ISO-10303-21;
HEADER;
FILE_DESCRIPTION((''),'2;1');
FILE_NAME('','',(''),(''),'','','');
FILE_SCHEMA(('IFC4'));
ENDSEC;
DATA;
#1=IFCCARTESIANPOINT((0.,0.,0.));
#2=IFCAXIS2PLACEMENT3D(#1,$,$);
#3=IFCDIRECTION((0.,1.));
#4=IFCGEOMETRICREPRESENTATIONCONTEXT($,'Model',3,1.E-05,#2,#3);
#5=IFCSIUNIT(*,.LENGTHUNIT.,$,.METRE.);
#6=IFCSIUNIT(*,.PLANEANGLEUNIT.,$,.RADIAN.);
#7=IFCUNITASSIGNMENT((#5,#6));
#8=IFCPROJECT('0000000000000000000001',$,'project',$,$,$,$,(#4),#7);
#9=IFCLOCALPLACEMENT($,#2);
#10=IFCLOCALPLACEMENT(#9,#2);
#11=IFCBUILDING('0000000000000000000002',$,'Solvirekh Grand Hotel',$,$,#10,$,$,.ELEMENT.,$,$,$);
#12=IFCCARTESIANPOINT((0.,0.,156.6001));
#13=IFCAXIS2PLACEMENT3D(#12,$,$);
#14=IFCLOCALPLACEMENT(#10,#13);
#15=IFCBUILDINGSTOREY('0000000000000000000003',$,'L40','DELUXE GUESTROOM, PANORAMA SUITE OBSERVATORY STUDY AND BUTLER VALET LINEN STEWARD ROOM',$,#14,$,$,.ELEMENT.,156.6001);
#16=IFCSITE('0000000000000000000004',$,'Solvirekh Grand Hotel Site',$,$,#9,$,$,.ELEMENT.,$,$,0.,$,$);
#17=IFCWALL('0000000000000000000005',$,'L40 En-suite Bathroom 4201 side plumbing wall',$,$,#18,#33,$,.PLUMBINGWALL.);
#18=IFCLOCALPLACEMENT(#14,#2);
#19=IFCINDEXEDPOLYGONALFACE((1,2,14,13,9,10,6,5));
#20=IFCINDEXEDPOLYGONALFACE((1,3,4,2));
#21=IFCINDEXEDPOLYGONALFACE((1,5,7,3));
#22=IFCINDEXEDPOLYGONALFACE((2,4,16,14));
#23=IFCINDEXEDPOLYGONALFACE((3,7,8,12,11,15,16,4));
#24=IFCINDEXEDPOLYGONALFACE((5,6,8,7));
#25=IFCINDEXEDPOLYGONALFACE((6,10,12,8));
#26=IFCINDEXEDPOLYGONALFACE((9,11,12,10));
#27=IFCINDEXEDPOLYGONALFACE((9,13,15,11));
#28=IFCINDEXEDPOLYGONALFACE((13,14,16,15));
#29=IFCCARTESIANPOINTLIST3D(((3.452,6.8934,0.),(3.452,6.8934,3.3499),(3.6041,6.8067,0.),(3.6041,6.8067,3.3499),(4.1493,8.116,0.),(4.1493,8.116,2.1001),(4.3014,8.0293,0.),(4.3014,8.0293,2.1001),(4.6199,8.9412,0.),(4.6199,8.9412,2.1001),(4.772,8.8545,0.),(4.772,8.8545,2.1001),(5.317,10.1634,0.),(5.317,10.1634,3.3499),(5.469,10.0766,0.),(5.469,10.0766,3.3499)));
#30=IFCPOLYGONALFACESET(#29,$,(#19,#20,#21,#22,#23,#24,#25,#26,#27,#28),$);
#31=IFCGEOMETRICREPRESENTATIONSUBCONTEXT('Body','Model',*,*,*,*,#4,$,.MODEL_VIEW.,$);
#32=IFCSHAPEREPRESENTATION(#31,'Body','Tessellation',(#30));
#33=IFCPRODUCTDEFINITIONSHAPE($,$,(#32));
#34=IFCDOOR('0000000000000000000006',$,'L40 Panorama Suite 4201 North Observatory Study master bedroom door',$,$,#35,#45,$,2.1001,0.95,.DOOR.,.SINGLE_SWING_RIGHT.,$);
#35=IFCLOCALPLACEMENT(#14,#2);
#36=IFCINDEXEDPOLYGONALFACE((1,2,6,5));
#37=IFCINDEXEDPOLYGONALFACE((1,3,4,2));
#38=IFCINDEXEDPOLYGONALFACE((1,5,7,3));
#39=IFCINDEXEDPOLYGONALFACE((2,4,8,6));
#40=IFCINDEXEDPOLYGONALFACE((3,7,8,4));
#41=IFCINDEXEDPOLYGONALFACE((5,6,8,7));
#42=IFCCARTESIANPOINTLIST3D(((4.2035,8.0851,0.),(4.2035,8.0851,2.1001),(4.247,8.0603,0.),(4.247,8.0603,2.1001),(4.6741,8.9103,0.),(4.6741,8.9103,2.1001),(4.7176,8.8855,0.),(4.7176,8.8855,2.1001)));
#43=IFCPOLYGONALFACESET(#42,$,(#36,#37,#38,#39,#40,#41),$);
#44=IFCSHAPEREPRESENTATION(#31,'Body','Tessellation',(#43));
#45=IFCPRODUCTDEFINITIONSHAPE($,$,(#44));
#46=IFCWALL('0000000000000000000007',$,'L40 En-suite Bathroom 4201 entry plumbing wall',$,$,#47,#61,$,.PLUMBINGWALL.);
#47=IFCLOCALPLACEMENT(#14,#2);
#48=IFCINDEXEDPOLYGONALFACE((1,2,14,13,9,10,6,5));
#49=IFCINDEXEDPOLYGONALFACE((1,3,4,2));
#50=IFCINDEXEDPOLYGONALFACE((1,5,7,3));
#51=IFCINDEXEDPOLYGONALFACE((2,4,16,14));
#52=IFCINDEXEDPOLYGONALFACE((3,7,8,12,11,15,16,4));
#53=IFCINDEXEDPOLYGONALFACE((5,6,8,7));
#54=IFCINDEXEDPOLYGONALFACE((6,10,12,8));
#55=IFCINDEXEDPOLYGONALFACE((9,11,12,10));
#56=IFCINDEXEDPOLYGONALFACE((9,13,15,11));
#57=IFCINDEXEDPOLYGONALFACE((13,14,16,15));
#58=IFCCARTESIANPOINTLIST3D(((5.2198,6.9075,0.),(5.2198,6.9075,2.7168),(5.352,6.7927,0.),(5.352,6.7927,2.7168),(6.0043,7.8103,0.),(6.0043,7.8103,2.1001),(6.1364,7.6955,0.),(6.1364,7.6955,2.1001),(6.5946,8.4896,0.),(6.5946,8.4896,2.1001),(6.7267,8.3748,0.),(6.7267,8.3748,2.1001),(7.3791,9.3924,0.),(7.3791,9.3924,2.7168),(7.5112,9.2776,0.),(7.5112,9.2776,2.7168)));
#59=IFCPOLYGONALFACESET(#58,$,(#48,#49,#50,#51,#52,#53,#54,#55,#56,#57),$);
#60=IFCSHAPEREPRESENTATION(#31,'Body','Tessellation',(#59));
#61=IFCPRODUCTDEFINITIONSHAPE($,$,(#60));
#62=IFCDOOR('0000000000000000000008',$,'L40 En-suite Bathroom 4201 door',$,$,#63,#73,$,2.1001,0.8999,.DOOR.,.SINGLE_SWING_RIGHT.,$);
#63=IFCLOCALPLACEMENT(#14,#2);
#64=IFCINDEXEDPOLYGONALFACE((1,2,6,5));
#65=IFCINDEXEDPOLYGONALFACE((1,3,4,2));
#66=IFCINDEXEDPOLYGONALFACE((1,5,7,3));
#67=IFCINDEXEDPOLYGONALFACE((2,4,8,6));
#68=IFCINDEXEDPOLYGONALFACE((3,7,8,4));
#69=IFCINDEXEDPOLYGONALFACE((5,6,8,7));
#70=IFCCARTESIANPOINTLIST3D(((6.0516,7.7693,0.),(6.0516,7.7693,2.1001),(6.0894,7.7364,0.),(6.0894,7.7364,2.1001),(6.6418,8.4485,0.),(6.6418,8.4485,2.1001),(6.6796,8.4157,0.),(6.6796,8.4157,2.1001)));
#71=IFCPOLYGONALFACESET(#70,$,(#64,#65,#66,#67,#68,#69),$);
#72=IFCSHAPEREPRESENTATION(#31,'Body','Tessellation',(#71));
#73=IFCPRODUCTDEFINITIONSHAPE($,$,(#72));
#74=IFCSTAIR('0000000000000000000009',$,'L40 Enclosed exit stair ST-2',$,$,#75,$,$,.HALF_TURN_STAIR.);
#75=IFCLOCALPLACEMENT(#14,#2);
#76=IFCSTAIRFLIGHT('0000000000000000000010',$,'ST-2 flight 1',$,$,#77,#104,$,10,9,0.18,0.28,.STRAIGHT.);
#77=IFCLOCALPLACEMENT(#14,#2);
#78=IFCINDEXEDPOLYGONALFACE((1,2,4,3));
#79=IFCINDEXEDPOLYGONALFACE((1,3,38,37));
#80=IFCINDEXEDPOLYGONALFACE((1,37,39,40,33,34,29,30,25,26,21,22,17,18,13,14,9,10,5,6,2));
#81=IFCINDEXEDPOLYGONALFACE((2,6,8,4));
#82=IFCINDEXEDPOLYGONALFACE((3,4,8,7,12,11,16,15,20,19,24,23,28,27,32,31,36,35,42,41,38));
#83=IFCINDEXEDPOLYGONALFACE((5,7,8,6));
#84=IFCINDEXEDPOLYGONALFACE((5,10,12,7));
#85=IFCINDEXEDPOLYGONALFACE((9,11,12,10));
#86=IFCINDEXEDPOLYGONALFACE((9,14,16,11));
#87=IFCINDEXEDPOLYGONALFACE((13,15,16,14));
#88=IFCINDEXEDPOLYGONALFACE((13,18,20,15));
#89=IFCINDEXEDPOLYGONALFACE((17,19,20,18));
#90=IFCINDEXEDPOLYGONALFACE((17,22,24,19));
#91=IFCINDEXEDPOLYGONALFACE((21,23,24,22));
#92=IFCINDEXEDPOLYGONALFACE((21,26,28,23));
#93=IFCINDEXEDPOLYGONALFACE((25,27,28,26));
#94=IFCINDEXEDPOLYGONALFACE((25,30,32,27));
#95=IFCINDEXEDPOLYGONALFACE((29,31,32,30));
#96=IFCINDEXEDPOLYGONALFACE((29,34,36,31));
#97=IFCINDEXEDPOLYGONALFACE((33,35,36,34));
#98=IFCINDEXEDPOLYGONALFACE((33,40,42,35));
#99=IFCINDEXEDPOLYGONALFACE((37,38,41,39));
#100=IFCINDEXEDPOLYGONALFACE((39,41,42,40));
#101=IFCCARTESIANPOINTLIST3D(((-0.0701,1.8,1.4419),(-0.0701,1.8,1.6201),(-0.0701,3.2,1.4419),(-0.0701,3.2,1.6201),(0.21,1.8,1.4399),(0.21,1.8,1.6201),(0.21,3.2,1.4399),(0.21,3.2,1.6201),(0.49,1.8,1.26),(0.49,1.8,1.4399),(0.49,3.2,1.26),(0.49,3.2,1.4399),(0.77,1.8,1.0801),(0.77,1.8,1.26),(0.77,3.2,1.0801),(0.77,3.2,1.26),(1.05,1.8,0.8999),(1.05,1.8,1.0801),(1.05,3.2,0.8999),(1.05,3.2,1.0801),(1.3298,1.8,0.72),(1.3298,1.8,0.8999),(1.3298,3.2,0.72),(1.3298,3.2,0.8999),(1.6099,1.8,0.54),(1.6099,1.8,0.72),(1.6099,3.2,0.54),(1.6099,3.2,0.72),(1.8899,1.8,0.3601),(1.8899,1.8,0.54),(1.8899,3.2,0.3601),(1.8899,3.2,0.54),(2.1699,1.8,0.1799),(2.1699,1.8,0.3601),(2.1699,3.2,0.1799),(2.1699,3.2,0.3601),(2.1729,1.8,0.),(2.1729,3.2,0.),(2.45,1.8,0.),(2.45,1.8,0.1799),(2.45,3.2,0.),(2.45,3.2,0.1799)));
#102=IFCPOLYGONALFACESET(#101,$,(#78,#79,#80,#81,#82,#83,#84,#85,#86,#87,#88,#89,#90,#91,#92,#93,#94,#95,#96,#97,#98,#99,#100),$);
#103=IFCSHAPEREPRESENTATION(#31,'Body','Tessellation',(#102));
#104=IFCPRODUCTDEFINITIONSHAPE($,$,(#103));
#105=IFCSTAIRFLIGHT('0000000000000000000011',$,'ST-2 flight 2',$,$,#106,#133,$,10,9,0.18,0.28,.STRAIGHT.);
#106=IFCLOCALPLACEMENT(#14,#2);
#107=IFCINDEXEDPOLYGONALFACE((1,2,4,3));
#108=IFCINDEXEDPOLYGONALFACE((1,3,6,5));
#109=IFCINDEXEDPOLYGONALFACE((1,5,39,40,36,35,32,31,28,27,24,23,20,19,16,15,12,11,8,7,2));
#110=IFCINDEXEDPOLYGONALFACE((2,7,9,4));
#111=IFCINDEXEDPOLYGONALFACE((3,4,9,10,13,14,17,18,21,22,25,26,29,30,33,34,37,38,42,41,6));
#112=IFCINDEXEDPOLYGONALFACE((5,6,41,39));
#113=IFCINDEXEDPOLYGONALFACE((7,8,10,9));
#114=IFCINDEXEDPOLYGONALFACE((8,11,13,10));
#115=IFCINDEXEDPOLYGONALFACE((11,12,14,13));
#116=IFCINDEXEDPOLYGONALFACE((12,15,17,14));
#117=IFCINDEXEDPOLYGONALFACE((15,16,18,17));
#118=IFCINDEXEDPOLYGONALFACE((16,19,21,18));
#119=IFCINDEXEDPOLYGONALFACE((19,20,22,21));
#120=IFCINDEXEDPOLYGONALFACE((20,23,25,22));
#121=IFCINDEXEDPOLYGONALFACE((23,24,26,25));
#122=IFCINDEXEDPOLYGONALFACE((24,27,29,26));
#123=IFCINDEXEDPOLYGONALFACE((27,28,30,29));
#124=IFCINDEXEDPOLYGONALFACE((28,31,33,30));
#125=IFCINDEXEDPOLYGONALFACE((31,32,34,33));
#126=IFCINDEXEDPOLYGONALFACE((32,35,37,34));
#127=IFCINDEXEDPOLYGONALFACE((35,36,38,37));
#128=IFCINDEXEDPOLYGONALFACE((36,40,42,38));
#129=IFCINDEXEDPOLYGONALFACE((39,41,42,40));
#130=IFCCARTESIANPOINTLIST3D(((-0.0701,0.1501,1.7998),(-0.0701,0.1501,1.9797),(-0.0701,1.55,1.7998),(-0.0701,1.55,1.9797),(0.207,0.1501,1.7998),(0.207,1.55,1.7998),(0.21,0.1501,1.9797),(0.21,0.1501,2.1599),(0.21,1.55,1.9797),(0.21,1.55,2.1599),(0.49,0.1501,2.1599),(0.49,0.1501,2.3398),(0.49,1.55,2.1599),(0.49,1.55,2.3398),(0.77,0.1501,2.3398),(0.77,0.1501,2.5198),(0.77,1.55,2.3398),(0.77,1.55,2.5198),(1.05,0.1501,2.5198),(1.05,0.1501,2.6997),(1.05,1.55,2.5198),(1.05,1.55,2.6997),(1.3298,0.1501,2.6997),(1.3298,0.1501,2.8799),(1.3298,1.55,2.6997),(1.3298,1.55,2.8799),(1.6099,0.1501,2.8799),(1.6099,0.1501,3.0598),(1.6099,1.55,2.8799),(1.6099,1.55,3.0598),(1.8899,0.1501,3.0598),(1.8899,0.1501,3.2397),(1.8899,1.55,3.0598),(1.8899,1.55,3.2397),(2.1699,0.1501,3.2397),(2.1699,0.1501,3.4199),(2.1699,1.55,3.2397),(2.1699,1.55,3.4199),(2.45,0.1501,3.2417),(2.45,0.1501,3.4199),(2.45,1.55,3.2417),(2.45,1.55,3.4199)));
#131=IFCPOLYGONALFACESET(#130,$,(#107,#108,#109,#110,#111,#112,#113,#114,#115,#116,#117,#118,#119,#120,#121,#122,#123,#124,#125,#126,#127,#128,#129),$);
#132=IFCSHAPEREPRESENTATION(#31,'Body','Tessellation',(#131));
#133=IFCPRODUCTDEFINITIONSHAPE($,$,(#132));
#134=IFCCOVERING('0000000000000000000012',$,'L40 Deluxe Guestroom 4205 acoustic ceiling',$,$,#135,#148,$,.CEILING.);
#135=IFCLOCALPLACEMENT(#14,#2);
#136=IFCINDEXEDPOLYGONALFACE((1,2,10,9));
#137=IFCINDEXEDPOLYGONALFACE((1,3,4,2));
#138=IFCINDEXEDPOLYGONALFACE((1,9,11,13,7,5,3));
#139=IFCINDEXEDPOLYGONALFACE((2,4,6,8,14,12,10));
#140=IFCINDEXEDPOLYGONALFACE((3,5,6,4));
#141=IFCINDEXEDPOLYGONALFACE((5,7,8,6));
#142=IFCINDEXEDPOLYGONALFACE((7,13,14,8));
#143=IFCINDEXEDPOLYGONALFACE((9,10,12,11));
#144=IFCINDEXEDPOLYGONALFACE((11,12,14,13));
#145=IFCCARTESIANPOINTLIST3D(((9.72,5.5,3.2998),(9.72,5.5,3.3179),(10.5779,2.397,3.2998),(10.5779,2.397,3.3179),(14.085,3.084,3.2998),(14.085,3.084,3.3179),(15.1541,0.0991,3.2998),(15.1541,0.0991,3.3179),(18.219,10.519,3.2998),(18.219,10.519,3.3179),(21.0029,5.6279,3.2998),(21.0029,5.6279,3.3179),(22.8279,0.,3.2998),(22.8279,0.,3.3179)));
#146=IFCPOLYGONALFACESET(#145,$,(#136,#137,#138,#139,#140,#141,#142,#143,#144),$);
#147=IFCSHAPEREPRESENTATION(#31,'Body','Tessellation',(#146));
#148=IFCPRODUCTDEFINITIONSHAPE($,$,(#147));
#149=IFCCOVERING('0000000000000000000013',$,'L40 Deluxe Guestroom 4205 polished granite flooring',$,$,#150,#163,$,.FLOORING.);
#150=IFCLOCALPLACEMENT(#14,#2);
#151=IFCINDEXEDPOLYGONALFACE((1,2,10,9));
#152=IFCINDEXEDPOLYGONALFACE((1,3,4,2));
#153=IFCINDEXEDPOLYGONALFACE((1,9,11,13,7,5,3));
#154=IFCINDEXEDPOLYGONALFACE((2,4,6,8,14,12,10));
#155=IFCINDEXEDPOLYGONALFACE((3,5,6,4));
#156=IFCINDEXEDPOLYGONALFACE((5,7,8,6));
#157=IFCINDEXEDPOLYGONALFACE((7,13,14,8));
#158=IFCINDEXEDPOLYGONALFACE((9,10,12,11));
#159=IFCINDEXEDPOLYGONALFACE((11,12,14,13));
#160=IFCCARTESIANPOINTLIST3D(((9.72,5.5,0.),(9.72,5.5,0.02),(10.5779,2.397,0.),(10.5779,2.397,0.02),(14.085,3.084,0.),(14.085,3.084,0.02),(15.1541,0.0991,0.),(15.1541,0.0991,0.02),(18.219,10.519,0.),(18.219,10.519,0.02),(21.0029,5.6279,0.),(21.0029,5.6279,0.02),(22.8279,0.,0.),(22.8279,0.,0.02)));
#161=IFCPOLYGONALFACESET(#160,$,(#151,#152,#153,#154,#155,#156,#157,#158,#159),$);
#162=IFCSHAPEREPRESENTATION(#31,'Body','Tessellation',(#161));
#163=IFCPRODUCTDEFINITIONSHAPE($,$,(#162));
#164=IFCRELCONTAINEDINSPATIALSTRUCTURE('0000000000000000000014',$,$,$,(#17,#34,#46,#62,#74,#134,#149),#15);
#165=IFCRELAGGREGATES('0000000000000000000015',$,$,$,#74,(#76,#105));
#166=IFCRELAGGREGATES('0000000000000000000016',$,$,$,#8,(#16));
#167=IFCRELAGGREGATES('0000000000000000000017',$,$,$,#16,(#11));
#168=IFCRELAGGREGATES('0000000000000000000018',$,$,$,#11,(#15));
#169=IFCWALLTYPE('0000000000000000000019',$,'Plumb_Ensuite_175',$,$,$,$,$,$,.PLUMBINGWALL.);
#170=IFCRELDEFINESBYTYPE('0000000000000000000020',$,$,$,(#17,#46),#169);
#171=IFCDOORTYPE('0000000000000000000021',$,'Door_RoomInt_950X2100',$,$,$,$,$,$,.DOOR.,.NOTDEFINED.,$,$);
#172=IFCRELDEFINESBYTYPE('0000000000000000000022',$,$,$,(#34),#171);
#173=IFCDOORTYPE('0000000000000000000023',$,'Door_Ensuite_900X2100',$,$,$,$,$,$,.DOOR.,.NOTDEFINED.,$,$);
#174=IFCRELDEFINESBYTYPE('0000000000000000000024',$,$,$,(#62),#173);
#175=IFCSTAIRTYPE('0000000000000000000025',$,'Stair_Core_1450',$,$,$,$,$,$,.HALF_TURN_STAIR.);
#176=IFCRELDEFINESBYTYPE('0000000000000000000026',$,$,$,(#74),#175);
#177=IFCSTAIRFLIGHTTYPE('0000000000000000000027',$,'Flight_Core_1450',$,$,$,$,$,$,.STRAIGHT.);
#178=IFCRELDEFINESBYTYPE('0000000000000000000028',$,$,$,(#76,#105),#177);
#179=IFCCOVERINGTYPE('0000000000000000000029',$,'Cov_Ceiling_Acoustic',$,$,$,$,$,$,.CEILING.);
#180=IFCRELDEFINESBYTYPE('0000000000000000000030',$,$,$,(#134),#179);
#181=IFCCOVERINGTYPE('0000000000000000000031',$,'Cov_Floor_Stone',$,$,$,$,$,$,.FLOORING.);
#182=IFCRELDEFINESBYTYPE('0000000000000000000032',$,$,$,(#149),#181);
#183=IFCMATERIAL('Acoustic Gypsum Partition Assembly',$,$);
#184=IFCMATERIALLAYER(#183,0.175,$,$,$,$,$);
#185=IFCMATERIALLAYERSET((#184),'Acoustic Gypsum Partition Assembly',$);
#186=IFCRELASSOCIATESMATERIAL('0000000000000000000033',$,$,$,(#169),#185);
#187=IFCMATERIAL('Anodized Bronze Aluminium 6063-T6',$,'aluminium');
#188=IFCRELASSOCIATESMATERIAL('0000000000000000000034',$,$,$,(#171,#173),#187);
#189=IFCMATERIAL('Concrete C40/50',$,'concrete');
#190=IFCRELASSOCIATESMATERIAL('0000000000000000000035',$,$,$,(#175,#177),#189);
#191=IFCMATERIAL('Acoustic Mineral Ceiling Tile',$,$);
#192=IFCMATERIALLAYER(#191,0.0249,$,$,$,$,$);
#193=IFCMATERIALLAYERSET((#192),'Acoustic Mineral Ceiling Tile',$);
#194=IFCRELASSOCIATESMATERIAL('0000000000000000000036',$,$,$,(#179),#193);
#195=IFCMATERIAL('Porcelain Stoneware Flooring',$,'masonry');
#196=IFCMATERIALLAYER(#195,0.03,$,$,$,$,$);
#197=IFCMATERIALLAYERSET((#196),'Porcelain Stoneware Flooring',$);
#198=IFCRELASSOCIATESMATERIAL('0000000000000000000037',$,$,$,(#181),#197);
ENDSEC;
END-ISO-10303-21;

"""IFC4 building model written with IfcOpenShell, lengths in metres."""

from ifc_helpers import new_model, si_unit, direction, frame, frame_2d, origin, place, context, subcontext, project, spatial, polyline, rectangle, outline, extrude, material, layer, layer_set, type_object, element, fill, aggregate, save


model = new_model("IFC4")

# Units and contexts
model_context = context("Model", 3, precision=1e-05, world=origin(), true_north=direction((0.0, 1.0)))
body_context = subcontext(model_context, "Body", "Model", "MODEL_VIEW")
ifc_project = project(units=[si_unit("LENGTHUNIT", "METRE"), si_unit("PLANEANGLEUNIT", "RADIAN")], contexts=[model_context])

# Site, building, storey
site_placement = place(None, origin())
site = spatial("IfcSite", under=ifc_project, at=site_placement, Name="Solvirekh Grand Hotel Site", CompositionType="ELEMENT", RefElevation=0.0)
building_placement = place(site_placement, origin())
building = spatial("IfcBuilding", under=site, at=building_placement, Name="Solvirekh Grand Hotel", CompositionType="ELEMENT")
storey_placement = place(building_placement, frame((0.0, 0.0, 156.6001)))
storey = spatial("IfcBuildingStorey", under=building, at=storey_placement, Name="L40", Description="DELUXE GUESTROOM, PANORAMA SUITE OBSERVATORY STUDY AND BUTLER VALET LINEN STEWARD ROOM", CompositionType="ELEMENT", Elevation=156.6001)

# Shared definitions
ifc_material_1 = material(Name="Anodized Bronze Aluminium 6063-T6", Category="aluminium")

# Shared definitions
ifc_material_2 = material(Name="Concrete C40/50", Category="concrete")

# Shared definitions
ifc_material_3 = material(Name="Acoustic Gypsum Partition Assembly")
ifc_layer_1 = layer(ifc_material_3, 0.175)
ifc_layer_set_1 = layer_set([ifc_layer_1], Name="Acoustic Gypsum Partition Assembly")
wall_type_1 = type_object("IfcWallType", Name="Plumb_Ensuite_175", PredefinedType="PLUMBINGWALL", material=ifc_layer_set_1)

# Walls, openings, doors
wall_1_placement = place(storey_placement, frame((5.3931, 10.1201, 0.0), z_axis=(0.0, 0.0, 1.0), x_axis=(-0.495419, -0.868654, 0.0)))
wall_1 = element("IfcWall", 1, at=wall_1_placement, inside=storey, type_object=wall_type_1, Name="L40 En-suite Bathroom 4201 side plumbing wall", PredefinedType="PLUMBINGWALL", context=body_context, shape_type="SweptSolid", body=[
    extrude(rectangle(XDim=3.7644, YDim=0.175, at=frame_2d((1.8823, 0.0))), origin(), (0.0, 0.0, 1.0), 3.3499),
])
opening_1_placement = place(wall_1_placement, frame((1.407, 0.0, 0.0)))
opening_1 = element("IfcOpeningElement", 2, at=opening_1_placement, cuts=wall_1, PredefinedType="OPENING", context=body_context, shape_type="SweptSolid", body=[
    extrude(rectangle(XDim=0.95, YDim=2.1001, at=frame_2d((0.4751, 1.05))), frame((0.0, 0.0977, 0.0), z_axis=(0.0, -1.0, 0.0), x_axis=(1.0, 0.0, 0.0)), (0.0, 0.0, 1.0), 0.1951),
])
door_type_1 = type_object("IfcDoorType", Name="Door_RoomInt_950X2100", OperationType="NOTDEFINED", PredefinedType="DOOR", material=ifc_material_1)
door_1_placement = place(opening_1_placement, origin())
door_1 = element("IfcDoor", 3, at=door_1_placement, inside=storey, type_object=door_type_1, Name="L40 Panorama Suite 4201 North Observatory Study master bedroom door", OperationType="SINGLE_SWING_RIGHT", OverallHeight=2.1001, OverallWidth=0.95, PredefinedType="DOOR", context=body_context, shape_type="SweptSolid", body=[
    extrude(rectangle(XDim=0.95, YDim=2.1001, at=frame_2d((0.4751, 1.05))), frame((0.0, 0.0249, 0.0), z_axis=(0.0, -1.0, 0.0), x_axis=(1.0, 0.0, 0.0)), (0.0, 0.0, 1.0), 0.05),
])
fill(opening_1, door_1)
wall_2_placement = place(storey_placement, frame((5.2859, 6.8501, 0.0), z_axis=(0.0, 0.0, 1.0), x_axis=(0.655907, 0.754842, 0.0)))
wall_2 = element("IfcWall", 4, at=wall_2_placement, inside=storey, type_object=wall_type_1, Name="L40 En-suite Bathroom 4201 entry plumbing wall", PredefinedType="PLUMBINGWALL", context=body_context, shape_type="SweptSolid", body=[
    extrude(rectangle(XDim=3.292, YDim=0.175, at=frame_2d((1.646, 0.0))), origin(), (0.0, 0.0, 1.0), 2.7168),
])
opening_2_placement = place(wall_2_placement, frame((1.196, 0.0, 0.0)))
opening_2 = element("IfcOpeningElement", 5, at=opening_2_placement, cuts=wall_2, PredefinedType="OPENING", context=body_context, shape_type="SweptSolid", body=[
    extrude(rectangle(XDim=0.8999, YDim=2.1001, at=frame_2d((0.45, 1.05))), frame((0.0, 0.0977, 0.0), z_axis=(0.0, -1.0, 0.0), x_axis=(1.0, 0.0, 0.0)), (0.0, 0.0, 1.0), 0.1951),
])
door_type_2 = type_object("IfcDoorType", Name="Door_Ensuite_900X2100", OperationType="NOTDEFINED", PredefinedType="DOOR", material=ifc_material_1)
door_2_placement = place(opening_2_placement, origin())
door_2 = element("IfcDoor", 6, at=door_2_placement, inside=storey, type_object=door_type_2, Name="L40 En-suite Bathroom 4201 door", OperationType="SINGLE_SWING_RIGHT", OverallHeight=2.1001, OverallWidth=0.8999, PredefinedType="DOOR", context=body_context, shape_type="SweptSolid", body=[
    extrude(rectangle(XDim=0.8999, YDim=2.1001, at=frame_2d((0.45, 1.05))), frame((0.0, 0.0249, 0.0), z_axis=(0.0, -1.0, 0.0), x_axis=(1.0, 0.0, 0.0)), (0.0, 0.0, 1.0), 0.05),
])
fill(opening_2, door_2)

# Stair, stair flights
stair_type = type_object("IfcStairType", Name="Stair_Core_1450", PredefinedType="HALF_TURN_STAIR", material=ifc_material_2)
stair_placement = place(storey_placement, origin())
stair = element("IfcStair", 7, at=stair_placement, inside=storey, type_object=stair_type, Name="L40 Enclosed exit stair ST-2", PredefinedType="HALF_TURN_STAIR")
stair_flight_type = type_object("IfcStairFlightType", Name="Flight_Core_1450", PredefinedType="STRAIGHT", material=ifc_material_2)
stair_flight_1_placement = place(storey_placement, frame((2.45, 2.5, 0.0), z_axis=(0.0, 0.0, 1.0), x_axis=(-1.0, 0.0, 0.0)))
stair_flight_1 = element("IfcStairFlight", 8, at=stair_flight_1_placement, type_object=stair_flight_type, Name="ST-2 flight 1", NumberOfRisers=10, NumberOfTreads=9, PredefinedType="STRAIGHT", RiserHeight=0.18, TreadLength=0.28, context=body_context, shape_type="SweptSolid", body=[
    extrude(outline(polyline([(0.0, 0.0), (0.0, 0.1799), (0.28, 0.1799), (0.28, 0.3601), (0.5601, 0.3601), (0.5601, 0.54), (0.8401, 0.54), (0.8401, 0.72), (1.1201, 0.72), (1.1201, 0.8999), (1.3999, 0.8999), (1.3999, 1.0801), (1.6799, 1.0801), (1.6799, 1.26), (1.96, 1.26), (1.96, 1.4399), (2.24, 1.4399), (2.24, 1.6201), (2.52, 1.6201), (2.52, 1.8), (2.52, 1.4419), (0.2771, 0.0), (0.0, 0.0)])), frame((0.0, 0.7, 0.0), z_axis=(0.0, -1.0, 0.0), x_axis=(1.0, 0.0, 0.0)), (0.0, 0.0, 1.0), 1.3999),
])
stair_flight_2_placement = place(storey_placement, frame((-0.0701, 0.8501, 1.7998), z_axis=(0.0, 0.0, 1.0), x_axis=(1.0, 0.0, 0.0)))
stair_flight_2 = element("IfcStairFlight", 9, at=stair_flight_2_placement, type_object=stair_flight_type, Name="ST-2 flight 2", NumberOfRisers=10, NumberOfTreads=9, PredefinedType="STRAIGHT", RiserHeight=0.18, TreadLength=0.28, context=body_context, shape_type="SweptSolid", body=[
    extrude(outline(polyline([(0.0, 0.0), (0.0, 0.1799), (0.28, 0.1799), (0.28, 0.3601), (0.5601, 0.3601), (0.5601, 0.54), (0.8401, 0.54), (0.8401, 0.72), (1.1201, 0.72), (1.1201, 0.8999), (1.3999, 0.8999), (1.3999, 1.0801), (1.6799, 1.0801), (1.6799, 1.26), (1.96, 1.26), (1.96, 1.4399), (2.24, 1.4399), (2.24, 1.6201), (2.52, 1.6201), (2.52, 1.8), (2.52, 1.4419), (0.2771, 0.0), (0.0, 0.0)])), frame((0.0, 0.7, 0.0), z_axis=(0.0, -1.0, 0.0), x_axis=(1.0, 0.0, 0.0)), (0.0, 0.0, 1.0), 1.3999),
])
aggregate(stair, [stair_flight_1, stair_flight_2])

# Coverings
ifc_material_4 = material(Name="Acoustic Mineral Ceiling Tile")
ifc_layer_2 = layer(ifc_material_4, 0.0249)
ifc_layer_set_2 = layer_set([ifc_layer_2], Name="Acoustic Mineral Ceiling Tile")
covering_type_1 = type_object("IfcCoveringType", Name="Cov_Ceiling_Acoustic", PredefinedType="CEILING", material=ifc_layer_set_2)
covering_1_placement = place(storey_placement, frame((0.0, 0.0, 3.2998)))
element("IfcCovering", 10, at=covering_1_placement, inside=storey, type_object=covering_type_1, Name="L40 Deluxe Guestroom 4205 acoustic ceiling", PredefinedType="CEILING", context=body_context, shape_type="SweptSolid", body=[
    extrude(outline(polyline([(14.085, 3.084), (15.1541, 0.0991), (22.8279, 0.0), (21.0029, 5.6279), (18.219, 10.519), (9.72, 5.5), (10.5779, 2.397), (14.085, 3.084)])), origin(), (0.0, 0.0, 1.0), 0.0181),
])
ifc_material_5 = material(Name="Porcelain Stoneware Flooring", Category="masonry")
ifc_layer_3 = layer(ifc_material_5, 0.03)
ifc_layer_set_3 = layer_set([ifc_layer_3], Name="Porcelain Stoneware Flooring")
covering_type_2 = type_object("IfcCoveringType", Name="Cov_Floor_Stone", PredefinedType="FLOORING", material=ifc_layer_set_3)
covering_2_placement = place(storey_placement, origin())
element("IfcCovering", 11, at=covering_2_placement, inside=storey, type_object=covering_type_2, Name="L40 Deluxe Guestroom 4205 polished granite flooring", PredefinedType="FLOORING", context=body_context, shape_type="SweptSolid", body=[
    extrude(outline(polyline([(14.085, 3.084), (15.1541, 0.0991), (22.8279, 0.0), (21.0029, 5.6279), (18.219, 10.519), (9.72, 5.5), (10.5779, 2.397), (14.085, 3.084)])), origin(), (0.0, 0.0, 1.0), 0.02),
])

save(model, "model.ifc")
